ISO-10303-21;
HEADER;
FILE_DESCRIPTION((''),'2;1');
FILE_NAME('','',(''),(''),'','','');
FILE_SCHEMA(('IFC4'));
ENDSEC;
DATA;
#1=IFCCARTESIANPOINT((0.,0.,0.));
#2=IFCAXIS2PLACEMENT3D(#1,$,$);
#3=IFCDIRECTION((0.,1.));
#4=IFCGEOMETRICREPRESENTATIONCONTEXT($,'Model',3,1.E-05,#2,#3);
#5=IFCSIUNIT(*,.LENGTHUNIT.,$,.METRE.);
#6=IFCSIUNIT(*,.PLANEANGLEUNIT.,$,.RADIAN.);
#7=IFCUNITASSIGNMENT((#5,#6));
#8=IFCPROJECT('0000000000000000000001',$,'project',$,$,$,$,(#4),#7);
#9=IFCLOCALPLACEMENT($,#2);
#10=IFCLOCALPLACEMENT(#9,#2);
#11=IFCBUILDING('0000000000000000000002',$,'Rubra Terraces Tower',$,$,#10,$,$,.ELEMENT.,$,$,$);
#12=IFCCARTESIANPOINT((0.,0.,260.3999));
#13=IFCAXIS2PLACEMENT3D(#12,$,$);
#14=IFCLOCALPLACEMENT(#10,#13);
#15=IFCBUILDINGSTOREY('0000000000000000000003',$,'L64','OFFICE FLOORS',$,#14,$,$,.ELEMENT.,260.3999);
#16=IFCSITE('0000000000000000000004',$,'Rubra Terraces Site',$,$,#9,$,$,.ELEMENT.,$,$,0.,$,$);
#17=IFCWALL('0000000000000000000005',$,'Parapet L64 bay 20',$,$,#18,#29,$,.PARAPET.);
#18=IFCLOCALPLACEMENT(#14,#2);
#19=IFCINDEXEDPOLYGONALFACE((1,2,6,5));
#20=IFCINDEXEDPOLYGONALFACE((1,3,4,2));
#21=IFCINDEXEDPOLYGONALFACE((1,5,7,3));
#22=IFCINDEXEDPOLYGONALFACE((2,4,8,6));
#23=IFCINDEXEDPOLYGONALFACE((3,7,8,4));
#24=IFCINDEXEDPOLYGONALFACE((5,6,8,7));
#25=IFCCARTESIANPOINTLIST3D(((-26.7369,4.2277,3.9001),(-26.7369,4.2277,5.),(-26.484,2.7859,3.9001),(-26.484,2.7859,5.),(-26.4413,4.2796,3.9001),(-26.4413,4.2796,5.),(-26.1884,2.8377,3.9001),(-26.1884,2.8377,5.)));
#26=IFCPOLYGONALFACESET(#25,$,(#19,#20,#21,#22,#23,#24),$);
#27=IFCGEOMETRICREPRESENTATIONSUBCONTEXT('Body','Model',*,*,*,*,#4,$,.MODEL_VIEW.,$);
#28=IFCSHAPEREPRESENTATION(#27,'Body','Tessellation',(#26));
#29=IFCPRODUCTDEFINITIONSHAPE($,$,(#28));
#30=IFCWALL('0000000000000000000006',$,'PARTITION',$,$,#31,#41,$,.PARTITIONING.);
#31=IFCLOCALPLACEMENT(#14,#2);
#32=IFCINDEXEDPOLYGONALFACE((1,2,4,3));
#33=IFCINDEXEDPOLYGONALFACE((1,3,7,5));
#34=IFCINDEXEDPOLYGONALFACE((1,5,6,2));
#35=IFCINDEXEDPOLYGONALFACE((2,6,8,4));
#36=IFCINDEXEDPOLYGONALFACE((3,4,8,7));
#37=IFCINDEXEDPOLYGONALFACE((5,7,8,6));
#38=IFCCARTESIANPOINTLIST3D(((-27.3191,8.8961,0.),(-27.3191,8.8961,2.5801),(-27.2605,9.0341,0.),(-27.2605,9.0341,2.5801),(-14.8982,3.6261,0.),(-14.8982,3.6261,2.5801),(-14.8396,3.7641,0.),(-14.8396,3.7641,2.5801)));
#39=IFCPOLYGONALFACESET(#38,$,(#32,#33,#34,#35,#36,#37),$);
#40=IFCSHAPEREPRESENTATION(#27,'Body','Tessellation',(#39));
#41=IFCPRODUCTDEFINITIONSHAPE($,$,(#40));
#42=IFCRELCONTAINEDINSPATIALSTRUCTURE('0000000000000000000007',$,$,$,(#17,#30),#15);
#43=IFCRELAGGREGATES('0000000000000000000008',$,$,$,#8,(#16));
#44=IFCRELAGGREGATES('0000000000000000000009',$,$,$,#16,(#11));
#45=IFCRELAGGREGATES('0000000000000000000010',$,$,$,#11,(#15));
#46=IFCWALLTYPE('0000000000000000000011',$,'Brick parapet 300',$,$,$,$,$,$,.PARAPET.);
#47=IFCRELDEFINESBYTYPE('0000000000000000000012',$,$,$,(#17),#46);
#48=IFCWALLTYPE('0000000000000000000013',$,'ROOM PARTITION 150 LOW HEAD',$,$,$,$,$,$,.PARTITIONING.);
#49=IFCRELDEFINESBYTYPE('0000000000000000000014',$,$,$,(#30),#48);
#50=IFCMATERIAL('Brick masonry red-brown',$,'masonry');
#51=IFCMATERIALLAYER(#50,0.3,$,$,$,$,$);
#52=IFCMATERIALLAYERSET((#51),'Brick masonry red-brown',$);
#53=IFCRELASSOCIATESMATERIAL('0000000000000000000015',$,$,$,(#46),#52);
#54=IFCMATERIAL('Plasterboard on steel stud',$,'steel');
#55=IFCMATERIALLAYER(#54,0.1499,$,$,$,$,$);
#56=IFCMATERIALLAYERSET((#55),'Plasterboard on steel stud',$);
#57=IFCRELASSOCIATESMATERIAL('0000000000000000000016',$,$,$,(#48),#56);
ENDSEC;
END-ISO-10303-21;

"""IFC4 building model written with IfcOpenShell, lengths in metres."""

from ifc_helpers import new_model, si_unit, direction, frame, frame_2d, origin, place, context, subcontext, project, spatial, rectangle, extrude, material, layer, layer_set, type_object, element, save


model = new_model("IFC4")

# Units and contexts
model_context = context("Model", 3, precision=1e-05, world=origin(), true_north=direction((0.0, 1.0)))
body_context = subcontext(model_context, "Body", "Model", "MODEL_VIEW")
ifc_project = project(units=[si_unit("LENGTHUNIT", "METRE"), si_unit("PLANEANGLEUNIT", "RADIAN")], contexts=[model_context])

# Site, building, storey
site_placement = place(None, origin())
site = spatial("IfcSite", under=ifc_project, at=site_placement, Name="Rubra Terraces Site", CompositionType="ELEMENT", RefElevation=0.0)
building_placement = place(site_placement, origin())
building = spatial("IfcBuilding", under=site, at=building_placement, Name="Rubra Terraces Tower", CompositionType="ELEMENT")
storey_placement = place(building_placement, frame((0.0, 0.0, 260.3999)))
storey = spatial("IfcBuildingStorey", under=building, at=storey_placement, Name="L64", Description="OFFICE FLOORS", CompositionType="ELEMENT", Elevation=260.3999)

# Shared definitions
ifc_material_1 = material(Name="Brick masonry red-brown", Category="masonry")

# Walls
ifc_layer_1 = layer(ifc_material_1, 0.3)
ifc_layer_set_1 = layer_set([ifc_layer_1], Name="Brick masonry red-brown")
wall_type_1 = type_object("IfcWallType", Name="Brick parapet 300", PredefinedType="PARAPET", material=ifc_layer_set_1)
wall_1_placement = place(storey_placement, frame((-26.5891, 4.2537, 3.9001), z_axis=(0.0, 0.0, 1.0), x_axis=(0.172777, -0.984961, 0.0)))
element("IfcWall", 1, at=wall_1_placement, inside=storey, type_object=wall_type_1, Name="Parapet L64 bay 20", PredefinedType="PARAPET", context=body_context, shape_type="SweptSolid", body=[
    extrude(rectangle(XDim=1.4639, YDim=0.3, at=frame_2d((0.7319, 0.0))), origin(), (0.0, 0.0, 1.0), 1.0999),
])
ifc_material_2 = material(Name="Plasterboard on steel stud", Category="steel")
ifc_layer_2 = layer(ifc_material_2, 0.1499)
ifc_layer_set_2 = layer_set([ifc_layer_2], Name="Plasterboard on steel stud")
wall_type_2 = type_object("IfcWallType", Name="ROOM PARTITION 150 LOW HEAD", PredefinedType="PARTITIONING", material=ifc_layer_set_2)
wall_2_placement = place(storey_placement, frame((-27.2898, 8.9651, 0.0), z_axis=(0.0, 0.0, 1.0), x_axis=(0.920567, -0.390584, 0.0)))
element("IfcWall", 2, at=wall_2_placement, inside=storey, type_object=wall_type_2, Name="PARTITION", PredefinedType="PARTITIONING", context=body_context, shape_type="SweptSolid", body=[
    extrude(rectangle(XDim=13.4927, YDim=0.1499, at=frame_2d((6.7463, 0.0))), origin(), (0.0, 0.0, 1.0), 2.5801),
])

save(model, "model.ifc")
